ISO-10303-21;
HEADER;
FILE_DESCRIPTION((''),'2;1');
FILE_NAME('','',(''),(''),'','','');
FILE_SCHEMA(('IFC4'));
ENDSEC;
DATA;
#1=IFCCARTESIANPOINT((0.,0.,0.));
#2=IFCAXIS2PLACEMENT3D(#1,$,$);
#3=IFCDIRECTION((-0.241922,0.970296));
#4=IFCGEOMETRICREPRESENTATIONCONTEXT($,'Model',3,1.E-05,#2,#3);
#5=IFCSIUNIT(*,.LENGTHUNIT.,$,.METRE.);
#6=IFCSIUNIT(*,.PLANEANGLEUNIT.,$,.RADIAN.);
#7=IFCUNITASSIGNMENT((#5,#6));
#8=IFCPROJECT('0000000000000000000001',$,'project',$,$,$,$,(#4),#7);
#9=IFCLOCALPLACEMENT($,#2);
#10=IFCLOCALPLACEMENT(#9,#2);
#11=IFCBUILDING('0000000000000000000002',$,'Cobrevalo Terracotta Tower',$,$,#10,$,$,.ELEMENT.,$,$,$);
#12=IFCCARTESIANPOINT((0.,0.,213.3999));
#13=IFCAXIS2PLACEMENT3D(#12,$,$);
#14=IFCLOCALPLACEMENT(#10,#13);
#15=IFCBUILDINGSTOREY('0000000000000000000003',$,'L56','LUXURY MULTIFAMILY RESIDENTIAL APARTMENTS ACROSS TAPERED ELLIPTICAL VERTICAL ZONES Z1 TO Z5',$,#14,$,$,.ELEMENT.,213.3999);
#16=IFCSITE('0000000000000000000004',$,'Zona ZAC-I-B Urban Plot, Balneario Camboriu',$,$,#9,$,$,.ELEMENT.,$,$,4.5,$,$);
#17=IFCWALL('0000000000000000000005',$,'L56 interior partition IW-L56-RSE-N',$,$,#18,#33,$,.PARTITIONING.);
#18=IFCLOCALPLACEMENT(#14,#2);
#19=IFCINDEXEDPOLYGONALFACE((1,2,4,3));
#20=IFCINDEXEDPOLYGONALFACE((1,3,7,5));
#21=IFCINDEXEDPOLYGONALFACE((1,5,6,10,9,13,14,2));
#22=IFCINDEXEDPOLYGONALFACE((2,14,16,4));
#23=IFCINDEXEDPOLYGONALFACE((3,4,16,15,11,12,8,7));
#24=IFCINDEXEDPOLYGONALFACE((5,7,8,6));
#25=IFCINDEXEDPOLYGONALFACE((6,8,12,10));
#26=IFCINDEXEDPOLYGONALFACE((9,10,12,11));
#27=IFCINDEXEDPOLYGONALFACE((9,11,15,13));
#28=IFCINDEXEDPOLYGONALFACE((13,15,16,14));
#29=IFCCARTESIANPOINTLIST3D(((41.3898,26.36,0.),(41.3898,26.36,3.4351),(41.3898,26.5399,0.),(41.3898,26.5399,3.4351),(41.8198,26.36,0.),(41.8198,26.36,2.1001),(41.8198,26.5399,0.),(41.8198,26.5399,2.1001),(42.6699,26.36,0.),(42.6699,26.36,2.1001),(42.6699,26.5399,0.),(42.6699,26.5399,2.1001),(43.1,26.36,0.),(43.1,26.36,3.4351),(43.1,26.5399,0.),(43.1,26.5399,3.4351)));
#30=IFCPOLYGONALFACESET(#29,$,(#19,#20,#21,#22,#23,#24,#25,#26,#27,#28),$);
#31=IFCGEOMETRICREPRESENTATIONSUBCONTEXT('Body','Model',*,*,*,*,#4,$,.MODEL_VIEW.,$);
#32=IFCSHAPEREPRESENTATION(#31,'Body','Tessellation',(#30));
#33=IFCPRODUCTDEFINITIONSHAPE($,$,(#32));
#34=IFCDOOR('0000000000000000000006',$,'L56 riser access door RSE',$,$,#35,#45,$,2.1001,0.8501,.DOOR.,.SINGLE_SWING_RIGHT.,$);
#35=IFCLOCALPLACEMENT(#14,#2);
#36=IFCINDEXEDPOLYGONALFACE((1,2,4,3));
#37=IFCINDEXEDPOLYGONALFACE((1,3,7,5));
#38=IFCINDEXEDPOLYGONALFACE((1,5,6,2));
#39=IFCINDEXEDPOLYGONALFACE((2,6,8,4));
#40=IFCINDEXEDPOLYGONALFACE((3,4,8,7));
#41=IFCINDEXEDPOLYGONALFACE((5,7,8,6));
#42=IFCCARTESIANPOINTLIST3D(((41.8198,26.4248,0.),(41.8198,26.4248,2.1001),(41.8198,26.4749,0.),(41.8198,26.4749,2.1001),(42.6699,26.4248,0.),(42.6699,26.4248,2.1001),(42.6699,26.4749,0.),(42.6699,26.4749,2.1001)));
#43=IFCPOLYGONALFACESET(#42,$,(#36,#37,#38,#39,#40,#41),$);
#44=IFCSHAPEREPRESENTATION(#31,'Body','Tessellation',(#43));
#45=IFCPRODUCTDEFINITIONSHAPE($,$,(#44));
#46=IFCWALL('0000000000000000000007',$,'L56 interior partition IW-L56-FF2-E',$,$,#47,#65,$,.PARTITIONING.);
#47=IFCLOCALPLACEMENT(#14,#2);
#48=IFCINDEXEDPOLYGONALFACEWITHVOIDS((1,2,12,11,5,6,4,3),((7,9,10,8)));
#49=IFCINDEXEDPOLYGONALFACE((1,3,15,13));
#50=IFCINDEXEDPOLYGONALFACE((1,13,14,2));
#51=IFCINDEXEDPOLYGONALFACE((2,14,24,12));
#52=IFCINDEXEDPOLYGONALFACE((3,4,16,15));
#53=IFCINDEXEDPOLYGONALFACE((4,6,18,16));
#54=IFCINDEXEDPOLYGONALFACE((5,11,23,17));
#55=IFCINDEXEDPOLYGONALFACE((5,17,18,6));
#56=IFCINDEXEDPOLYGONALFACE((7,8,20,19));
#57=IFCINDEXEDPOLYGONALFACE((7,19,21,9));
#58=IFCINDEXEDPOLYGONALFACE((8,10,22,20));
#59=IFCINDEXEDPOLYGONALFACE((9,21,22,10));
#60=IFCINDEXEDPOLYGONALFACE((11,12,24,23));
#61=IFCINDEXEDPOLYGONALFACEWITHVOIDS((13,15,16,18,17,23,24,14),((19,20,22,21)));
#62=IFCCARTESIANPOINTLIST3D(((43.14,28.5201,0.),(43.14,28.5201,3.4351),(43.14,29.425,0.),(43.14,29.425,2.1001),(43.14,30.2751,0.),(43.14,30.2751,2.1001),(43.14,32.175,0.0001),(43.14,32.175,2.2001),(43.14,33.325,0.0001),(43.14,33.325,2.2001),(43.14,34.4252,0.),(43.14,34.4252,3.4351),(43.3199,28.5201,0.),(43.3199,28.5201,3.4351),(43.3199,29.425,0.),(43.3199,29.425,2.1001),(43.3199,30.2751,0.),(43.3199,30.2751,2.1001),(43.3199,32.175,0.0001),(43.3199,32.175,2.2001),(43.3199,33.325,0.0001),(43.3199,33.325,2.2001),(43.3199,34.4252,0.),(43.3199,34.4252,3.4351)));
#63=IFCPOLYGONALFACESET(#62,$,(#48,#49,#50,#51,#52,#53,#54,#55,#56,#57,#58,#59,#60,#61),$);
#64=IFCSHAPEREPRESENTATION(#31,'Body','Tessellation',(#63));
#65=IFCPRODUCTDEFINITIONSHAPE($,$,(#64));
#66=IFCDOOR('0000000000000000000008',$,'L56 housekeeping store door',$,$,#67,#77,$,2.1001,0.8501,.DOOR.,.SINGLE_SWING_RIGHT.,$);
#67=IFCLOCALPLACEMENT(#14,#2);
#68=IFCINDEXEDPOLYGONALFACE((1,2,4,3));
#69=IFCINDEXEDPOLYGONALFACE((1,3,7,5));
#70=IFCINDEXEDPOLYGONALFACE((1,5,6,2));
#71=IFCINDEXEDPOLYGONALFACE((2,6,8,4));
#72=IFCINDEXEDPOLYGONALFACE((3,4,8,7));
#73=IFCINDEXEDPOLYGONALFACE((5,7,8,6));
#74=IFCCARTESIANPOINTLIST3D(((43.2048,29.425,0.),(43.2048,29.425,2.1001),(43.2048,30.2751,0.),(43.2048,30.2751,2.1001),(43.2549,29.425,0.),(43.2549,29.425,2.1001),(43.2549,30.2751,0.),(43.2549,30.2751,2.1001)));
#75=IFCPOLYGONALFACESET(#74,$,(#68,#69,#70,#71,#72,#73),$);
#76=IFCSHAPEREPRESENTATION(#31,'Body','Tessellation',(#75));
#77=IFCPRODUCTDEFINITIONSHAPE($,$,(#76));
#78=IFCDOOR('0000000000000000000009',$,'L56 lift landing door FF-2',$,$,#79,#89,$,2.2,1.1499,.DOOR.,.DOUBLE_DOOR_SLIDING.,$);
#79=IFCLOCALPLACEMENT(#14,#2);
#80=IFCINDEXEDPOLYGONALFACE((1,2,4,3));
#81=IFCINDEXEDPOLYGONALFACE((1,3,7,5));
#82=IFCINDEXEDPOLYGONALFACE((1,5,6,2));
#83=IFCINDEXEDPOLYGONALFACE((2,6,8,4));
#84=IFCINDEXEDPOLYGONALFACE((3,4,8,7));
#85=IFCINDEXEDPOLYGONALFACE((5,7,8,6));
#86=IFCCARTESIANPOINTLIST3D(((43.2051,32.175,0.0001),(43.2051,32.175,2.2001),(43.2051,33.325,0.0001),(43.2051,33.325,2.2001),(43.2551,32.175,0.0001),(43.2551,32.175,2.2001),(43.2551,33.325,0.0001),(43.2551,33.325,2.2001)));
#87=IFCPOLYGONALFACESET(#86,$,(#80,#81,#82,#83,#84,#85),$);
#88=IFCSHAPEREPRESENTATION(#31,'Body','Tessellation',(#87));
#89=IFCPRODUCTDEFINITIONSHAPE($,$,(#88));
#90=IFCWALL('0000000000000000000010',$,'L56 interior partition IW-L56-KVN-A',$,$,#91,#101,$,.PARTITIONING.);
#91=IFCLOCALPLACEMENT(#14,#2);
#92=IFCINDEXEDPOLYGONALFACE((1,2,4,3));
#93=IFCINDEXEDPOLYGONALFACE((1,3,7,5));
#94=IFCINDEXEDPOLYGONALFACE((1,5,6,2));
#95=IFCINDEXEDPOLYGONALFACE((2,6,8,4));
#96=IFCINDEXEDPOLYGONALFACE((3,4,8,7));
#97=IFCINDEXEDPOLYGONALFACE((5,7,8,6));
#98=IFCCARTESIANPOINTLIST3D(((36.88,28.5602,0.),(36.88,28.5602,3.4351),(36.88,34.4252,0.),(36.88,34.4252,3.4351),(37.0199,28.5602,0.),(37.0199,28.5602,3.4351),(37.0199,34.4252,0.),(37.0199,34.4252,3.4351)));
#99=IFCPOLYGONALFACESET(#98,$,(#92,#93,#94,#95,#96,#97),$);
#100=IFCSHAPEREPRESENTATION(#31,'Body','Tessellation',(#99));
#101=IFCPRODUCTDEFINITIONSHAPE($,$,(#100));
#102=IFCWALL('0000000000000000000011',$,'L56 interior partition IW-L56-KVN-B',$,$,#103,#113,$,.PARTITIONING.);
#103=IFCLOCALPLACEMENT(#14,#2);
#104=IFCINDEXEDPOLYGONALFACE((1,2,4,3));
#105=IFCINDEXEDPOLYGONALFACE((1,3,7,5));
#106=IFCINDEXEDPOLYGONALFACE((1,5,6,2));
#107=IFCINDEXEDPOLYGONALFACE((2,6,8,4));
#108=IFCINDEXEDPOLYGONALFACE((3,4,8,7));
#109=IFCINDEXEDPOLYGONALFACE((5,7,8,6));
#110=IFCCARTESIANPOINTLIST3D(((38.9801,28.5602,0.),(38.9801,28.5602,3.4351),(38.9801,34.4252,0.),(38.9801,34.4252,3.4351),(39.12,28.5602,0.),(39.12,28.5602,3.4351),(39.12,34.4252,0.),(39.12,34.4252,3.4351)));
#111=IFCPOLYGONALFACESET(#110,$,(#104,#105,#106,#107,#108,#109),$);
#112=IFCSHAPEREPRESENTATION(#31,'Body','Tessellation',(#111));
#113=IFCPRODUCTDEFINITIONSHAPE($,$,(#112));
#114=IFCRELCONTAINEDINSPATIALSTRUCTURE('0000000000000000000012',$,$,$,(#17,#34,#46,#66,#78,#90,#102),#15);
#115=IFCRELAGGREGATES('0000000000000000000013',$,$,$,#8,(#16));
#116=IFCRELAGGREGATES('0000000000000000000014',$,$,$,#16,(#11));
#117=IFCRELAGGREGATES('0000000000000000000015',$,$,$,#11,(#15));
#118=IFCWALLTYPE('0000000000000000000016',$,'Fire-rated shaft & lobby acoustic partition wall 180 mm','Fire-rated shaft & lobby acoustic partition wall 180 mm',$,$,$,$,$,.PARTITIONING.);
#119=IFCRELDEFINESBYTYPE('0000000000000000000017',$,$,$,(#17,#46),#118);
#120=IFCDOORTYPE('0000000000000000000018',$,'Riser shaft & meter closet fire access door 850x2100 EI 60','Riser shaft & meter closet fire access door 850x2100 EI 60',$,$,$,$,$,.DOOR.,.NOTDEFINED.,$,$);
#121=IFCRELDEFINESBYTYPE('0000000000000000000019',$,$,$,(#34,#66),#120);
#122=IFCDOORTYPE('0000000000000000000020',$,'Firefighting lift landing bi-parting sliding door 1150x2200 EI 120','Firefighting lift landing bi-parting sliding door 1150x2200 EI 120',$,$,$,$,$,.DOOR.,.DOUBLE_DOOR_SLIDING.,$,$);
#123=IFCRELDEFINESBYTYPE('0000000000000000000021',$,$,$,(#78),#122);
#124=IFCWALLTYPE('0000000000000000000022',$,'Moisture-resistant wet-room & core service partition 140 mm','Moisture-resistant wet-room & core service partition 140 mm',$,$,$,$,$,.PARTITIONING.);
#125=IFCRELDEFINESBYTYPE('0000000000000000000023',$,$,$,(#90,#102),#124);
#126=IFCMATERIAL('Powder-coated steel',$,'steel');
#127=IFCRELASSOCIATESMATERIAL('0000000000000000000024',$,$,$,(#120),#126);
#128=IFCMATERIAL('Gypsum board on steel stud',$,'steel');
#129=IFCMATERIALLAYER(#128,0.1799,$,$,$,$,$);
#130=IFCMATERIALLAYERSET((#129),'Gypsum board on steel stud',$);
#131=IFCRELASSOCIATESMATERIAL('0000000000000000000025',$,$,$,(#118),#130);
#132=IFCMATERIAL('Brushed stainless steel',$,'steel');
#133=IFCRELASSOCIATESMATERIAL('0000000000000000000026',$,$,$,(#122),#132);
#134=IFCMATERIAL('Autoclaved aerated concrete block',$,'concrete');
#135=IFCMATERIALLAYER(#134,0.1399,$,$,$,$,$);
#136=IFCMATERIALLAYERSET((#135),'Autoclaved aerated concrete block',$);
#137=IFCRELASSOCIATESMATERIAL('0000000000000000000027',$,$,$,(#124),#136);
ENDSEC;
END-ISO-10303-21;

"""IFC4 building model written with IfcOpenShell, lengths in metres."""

from ifc_helpers import new_model, si_unit, direction, frame, frame_2d, origin, place, context, subcontext, project, spatial, rectangle, extrude, source, transform, mapped, material, layer, layer_set, type_object, element, fill, save


model = new_model("IFC4")

# Units and contexts
model_context = context("Model", 3, precision=1e-05, world=origin(), true_north=direction((-0.241922, 0.970296)))
body_context = subcontext(model_context, "Body", "Model", "MODEL_VIEW")
ifc_project = project(units=[si_unit("LENGTHUNIT", "METRE"), si_unit("PLANEANGLEUNIT", "RADIAN")], contexts=[model_context])

# Site, building, storey
site_placement = place(None, origin())
site = spatial("IfcSite", under=ifc_project, at=site_placement, Name="Zona ZAC-I-B Urban Plot, Balneario Camboriu", CompositionType="ELEMENT", RefElevation=4.5)
building_placement = place(site_placement, origin())
building = spatial("IfcBuilding", under=site, at=building_placement, Name="Cobrevalo Terracotta Tower", CompositionType="ELEMENT")
storey_placement = place(building_placement, frame((0.0, 0.0, 213.3999)))
storey = spatial("IfcBuildingStorey", under=building, at=storey_placement, Name="L56", Description="LUXURY MULTIFAMILY RESIDENTIAL APARTMENTS ACROSS TAPERED ELLIPTICAL VERTICAL ZONES Z1 TO Z5", CompositionType="ELEMENT", Elevation=213.3999)

# Shared definitions
ifc_material_1 = material(Name="Gypsum board on steel stud", Category="steel")

# Shared definitions
ifc_material_2 = material(Name="Powder-coated steel", Category="steel")
door_type_1 = type_object("IfcDoorType", Name="Riser shaft & meter closet fire access door 850x2100 EI 60", Description="Riser shaft & meter closet fire access door 850x2100 EI 60", OperationType="NOTDEFINED", PredefinedType="DOOR", material=ifc_material_2)
shared_shape_1 = source(origin(), body_context, "Body", "SweptSolid", [
    extrude(rectangle(XDim=0.8501, YDim=2.1001, at=frame_2d((0.425, 1.05))), frame((0.0, 0.0249, 0.0), z_axis=(0.0, -1.0, 0.0), x_axis=(1.0, 0.0, 0.0)), (0.0, 0.0, 1.0), 0.05),
])
ifc_material_3 = material(Name="Brushed stainless steel", Category="steel")

# Wall, opening, door
ifc_layer_1 = layer(ifc_material_1, 0.1799)
ifc_layer_set_1 = layer_set([ifc_layer_1], Name="Gypsum board on steel stud")
wall_type_1 = type_object("IfcWallType", Name="Fire-rated shaft & lobby acoustic partition wall 180 mm", Description="Fire-rated shaft & lobby acoustic partition wall 180 mm", PredefinedType="PARTITIONING", material=ifc_layer_set_1)
wall_1_placement = place(storey_placement, frame((41.3899, 26.45, 0.0), z_axis=(0.0, 0.0, 1.0), x_axis=(1.0, 0.0, 0.0)))
wall_1 = element("IfcWall", 1, at=wall_1_placement, inside=storey, type_object=wall_type_1, Name="L56 interior partition IW-L56-RSE-N", PredefinedType="PARTITIONING", context=body_context, shape_type="SweptSolid", body=[
    extrude(rectangle(XDim=1.7102, YDim=0.1799, at=frame_2d((0.855, 0.0))), origin(), (0.0, 0.0, 1.0), 3.4351),
])
opening_1_placement = place(wall_1_placement, frame((0.4299, 0.0, 0.0)))
opening_1 = element("IfcOpeningElement", 2, at=opening_1_placement, cuts=wall_1, PredefinedType="OPENING", context=body_context, shape_type="SweptSolid", body=[
    extrude(rectangle(XDim=0.8501, YDim=2.1001, at=frame_2d((0.425, 1.05))), frame((0.0, 0.1001, 0.0), z_axis=(0.0, -1.0, 0.0), x_axis=(1.0, 0.0, 0.0)), (0.0, 0.0, 1.0), 0.2),
])
door_1_placement = place(opening_1_placement, origin())
door_1 = element("IfcDoor", 3, at=door_1_placement, inside=storey, type_object=door_type_1, Name="L56 riser access door RSE", OperationType="SINGLE_SWING_RIGHT", OverallHeight=2.1001, OverallWidth=0.8501, PredefinedType="DOOR", context=body_context, shape_type="MappedRepresentation", body=[
    mapped(shared_shape_1, transform((0.0, 0.0, 0.0), scale=1.0)),
])
fill(opening_1, door_1)

# Wall, openings, doors
wall_2_placement = place(storey_placement, frame((43.23, 28.52, 0.0), z_axis=(0.0, 0.0, 1.0), x_axis=(0.0, 1.0, 0.0)))
wall_2 = element("IfcWall", 4, at=wall_2_placement, inside=storey, type_object=wall_type_1, Name="L56 interior partition IW-L56-FF2-E", PredefinedType="PARTITIONING", context=body_context, shape_type="SweptSolid", body=[
    extrude(rectangle(XDim=5.905, YDim=0.1799, at=frame_2d((2.9526, 0.0))), origin(), (0.0, 0.0, 1.0), 3.4351),
])
opening_2_placement = place(wall_2_placement, frame((0.905, 0.0, 0.0)))
opening_2 = element("IfcOpeningElement", 5, at=opening_2_placement, cuts=wall_2, PredefinedType="OPENING", context=body_context, shape_type="SweptSolid", body=[
    extrude(rectangle(XDim=0.8501, YDim=2.1001, at=frame_2d((0.425, 1.05))), frame((0.0, 0.1001, 0.0), z_axis=(0.0, -1.0, 0.0), x_axis=(1.0, 0.0, 0.0)), (0.0, 0.0, 1.0), 0.2),
])
opening_3_placement = place(wall_2_placement, frame((3.655, 0.0, 0.0)))
opening_3 = element("IfcOpeningElement", 6, at=opening_3_placement, cuts=wall_2, PredefinedType="OPENING", context=body_context, shape_type="SweptSolid", body=[
    extrude(rectangle(XDim=1.1499, YDim=2.2, at=frame_2d((0.575, 1.1001))), frame((0.0, 0.1001, 0.0), z_axis=(0.0, -1.0, 0.0), x_axis=(1.0, 0.0, 0.0)), (0.0, 0.0, 1.0), 0.2),
])
door_2_placement = place(opening_2_placement, frame((0.8501, 0.0, 0.0), z_axis=(0.0, 0.0, 1.0), x_axis=(-1.0, 0.0, 0.0)))
door_2 = element("IfcDoor", 7, at=door_2_placement, inside=storey, type_object=door_type_1, Name="L56 housekeeping store door", OperationType="SINGLE_SWING_RIGHT", OverallHeight=2.1001, OverallWidth=0.8501, PredefinedType="DOOR", context=body_context, shape_type="MappedRepresentation", body=[
    mapped(shared_shape_1, transform((0.0, 0.0, 0.0), scale=1.0)),
])
fill(opening_2, door_2)
door_type_2 = type_object("IfcDoorType", Name="Firefighting lift landing bi-parting sliding door 1150x2200 EI 120", Description="Firefighting lift landing bi-parting sliding door 1150x2200 EI 120", OperationType="DOUBLE_DOOR_SLIDING", PredefinedType="DOOR", material=ifc_material_3)
shared_shape_2 = source(origin(), body_context, "Body", "SweptSolid", [
    extrude(rectangle(XDim=1.1499, YDim=2.2, at=frame_2d((0.575, 1.1001))), frame((0.0, 0.0249, 0.0), z_axis=(0.0, -1.0, 0.0), x_axis=(1.0, 0.0, 0.0)), (0.0, 0.0, 1.0), 0.05),
])
door_3_placement = place(opening_3_placement, origin())
door_3 = element("IfcDoor", 8, at=door_3_placement, inside=storey, type_object=door_type_2, Name="L56 lift landing door FF-2", OperationType="DOUBLE_DOOR_SLIDING", OverallHeight=2.2, OverallWidth=1.1499, PredefinedType="DOOR", context=body_context, shape_type="MappedRepresentation", body=[
    mapped(shared_shape_2, transform((0.0, 0.0, 0.0), scale=1.0)),
])
fill(opening_3, door_3)

# Walls
ifc_material_4 = material(Name="Autoclaved aerated concrete block", Category="concrete")
ifc_layer_2 = layer(ifc_material_4, 0.1399)
ifc_layer_set_2 = layer_set([ifc_layer_2], Name="Autoclaved aerated concrete block")
wall_type_2 = type_object("IfcWallType", Name="Moisture-resistant wet-room & core service partition 140 mm", Description="Moisture-resistant wet-room & core service partition 140 mm", PredefinedType="PARTITIONING", material=ifc_layer_set_2)
for number, where, z_axis, x_axis, name in (
    (9, (36.95, 28.5601, 0.0), (0.0, 0.0, 1.0), (0.0, 1.0, 0.0), "L56 interior partition IW-L56-KVN-A"),
    (10, (39.05, 28.5601, 0.0), (0.0, 0.0, 1.0), (0.0, 1.0, 0.0), "L56 interior partition IW-L56-KVN-B"),
):
    element("IfcWall", number, at=place(storey_placement, frame(where, z_axis=z_axis, x_axis=x_axis)), inside=storey, type_object=wall_type_2, Name=name, PredefinedType="PARTITIONING", context=body_context, shape_type="SweptSolid", body=[
        extrude(rectangle(XDim=5.865, YDim=0.1399, at=frame_2d((2.9326, 0.0))), origin(), (0.0, 0.0, 1.0), 3.4351),
    ])

save(model, "model.ifc")
